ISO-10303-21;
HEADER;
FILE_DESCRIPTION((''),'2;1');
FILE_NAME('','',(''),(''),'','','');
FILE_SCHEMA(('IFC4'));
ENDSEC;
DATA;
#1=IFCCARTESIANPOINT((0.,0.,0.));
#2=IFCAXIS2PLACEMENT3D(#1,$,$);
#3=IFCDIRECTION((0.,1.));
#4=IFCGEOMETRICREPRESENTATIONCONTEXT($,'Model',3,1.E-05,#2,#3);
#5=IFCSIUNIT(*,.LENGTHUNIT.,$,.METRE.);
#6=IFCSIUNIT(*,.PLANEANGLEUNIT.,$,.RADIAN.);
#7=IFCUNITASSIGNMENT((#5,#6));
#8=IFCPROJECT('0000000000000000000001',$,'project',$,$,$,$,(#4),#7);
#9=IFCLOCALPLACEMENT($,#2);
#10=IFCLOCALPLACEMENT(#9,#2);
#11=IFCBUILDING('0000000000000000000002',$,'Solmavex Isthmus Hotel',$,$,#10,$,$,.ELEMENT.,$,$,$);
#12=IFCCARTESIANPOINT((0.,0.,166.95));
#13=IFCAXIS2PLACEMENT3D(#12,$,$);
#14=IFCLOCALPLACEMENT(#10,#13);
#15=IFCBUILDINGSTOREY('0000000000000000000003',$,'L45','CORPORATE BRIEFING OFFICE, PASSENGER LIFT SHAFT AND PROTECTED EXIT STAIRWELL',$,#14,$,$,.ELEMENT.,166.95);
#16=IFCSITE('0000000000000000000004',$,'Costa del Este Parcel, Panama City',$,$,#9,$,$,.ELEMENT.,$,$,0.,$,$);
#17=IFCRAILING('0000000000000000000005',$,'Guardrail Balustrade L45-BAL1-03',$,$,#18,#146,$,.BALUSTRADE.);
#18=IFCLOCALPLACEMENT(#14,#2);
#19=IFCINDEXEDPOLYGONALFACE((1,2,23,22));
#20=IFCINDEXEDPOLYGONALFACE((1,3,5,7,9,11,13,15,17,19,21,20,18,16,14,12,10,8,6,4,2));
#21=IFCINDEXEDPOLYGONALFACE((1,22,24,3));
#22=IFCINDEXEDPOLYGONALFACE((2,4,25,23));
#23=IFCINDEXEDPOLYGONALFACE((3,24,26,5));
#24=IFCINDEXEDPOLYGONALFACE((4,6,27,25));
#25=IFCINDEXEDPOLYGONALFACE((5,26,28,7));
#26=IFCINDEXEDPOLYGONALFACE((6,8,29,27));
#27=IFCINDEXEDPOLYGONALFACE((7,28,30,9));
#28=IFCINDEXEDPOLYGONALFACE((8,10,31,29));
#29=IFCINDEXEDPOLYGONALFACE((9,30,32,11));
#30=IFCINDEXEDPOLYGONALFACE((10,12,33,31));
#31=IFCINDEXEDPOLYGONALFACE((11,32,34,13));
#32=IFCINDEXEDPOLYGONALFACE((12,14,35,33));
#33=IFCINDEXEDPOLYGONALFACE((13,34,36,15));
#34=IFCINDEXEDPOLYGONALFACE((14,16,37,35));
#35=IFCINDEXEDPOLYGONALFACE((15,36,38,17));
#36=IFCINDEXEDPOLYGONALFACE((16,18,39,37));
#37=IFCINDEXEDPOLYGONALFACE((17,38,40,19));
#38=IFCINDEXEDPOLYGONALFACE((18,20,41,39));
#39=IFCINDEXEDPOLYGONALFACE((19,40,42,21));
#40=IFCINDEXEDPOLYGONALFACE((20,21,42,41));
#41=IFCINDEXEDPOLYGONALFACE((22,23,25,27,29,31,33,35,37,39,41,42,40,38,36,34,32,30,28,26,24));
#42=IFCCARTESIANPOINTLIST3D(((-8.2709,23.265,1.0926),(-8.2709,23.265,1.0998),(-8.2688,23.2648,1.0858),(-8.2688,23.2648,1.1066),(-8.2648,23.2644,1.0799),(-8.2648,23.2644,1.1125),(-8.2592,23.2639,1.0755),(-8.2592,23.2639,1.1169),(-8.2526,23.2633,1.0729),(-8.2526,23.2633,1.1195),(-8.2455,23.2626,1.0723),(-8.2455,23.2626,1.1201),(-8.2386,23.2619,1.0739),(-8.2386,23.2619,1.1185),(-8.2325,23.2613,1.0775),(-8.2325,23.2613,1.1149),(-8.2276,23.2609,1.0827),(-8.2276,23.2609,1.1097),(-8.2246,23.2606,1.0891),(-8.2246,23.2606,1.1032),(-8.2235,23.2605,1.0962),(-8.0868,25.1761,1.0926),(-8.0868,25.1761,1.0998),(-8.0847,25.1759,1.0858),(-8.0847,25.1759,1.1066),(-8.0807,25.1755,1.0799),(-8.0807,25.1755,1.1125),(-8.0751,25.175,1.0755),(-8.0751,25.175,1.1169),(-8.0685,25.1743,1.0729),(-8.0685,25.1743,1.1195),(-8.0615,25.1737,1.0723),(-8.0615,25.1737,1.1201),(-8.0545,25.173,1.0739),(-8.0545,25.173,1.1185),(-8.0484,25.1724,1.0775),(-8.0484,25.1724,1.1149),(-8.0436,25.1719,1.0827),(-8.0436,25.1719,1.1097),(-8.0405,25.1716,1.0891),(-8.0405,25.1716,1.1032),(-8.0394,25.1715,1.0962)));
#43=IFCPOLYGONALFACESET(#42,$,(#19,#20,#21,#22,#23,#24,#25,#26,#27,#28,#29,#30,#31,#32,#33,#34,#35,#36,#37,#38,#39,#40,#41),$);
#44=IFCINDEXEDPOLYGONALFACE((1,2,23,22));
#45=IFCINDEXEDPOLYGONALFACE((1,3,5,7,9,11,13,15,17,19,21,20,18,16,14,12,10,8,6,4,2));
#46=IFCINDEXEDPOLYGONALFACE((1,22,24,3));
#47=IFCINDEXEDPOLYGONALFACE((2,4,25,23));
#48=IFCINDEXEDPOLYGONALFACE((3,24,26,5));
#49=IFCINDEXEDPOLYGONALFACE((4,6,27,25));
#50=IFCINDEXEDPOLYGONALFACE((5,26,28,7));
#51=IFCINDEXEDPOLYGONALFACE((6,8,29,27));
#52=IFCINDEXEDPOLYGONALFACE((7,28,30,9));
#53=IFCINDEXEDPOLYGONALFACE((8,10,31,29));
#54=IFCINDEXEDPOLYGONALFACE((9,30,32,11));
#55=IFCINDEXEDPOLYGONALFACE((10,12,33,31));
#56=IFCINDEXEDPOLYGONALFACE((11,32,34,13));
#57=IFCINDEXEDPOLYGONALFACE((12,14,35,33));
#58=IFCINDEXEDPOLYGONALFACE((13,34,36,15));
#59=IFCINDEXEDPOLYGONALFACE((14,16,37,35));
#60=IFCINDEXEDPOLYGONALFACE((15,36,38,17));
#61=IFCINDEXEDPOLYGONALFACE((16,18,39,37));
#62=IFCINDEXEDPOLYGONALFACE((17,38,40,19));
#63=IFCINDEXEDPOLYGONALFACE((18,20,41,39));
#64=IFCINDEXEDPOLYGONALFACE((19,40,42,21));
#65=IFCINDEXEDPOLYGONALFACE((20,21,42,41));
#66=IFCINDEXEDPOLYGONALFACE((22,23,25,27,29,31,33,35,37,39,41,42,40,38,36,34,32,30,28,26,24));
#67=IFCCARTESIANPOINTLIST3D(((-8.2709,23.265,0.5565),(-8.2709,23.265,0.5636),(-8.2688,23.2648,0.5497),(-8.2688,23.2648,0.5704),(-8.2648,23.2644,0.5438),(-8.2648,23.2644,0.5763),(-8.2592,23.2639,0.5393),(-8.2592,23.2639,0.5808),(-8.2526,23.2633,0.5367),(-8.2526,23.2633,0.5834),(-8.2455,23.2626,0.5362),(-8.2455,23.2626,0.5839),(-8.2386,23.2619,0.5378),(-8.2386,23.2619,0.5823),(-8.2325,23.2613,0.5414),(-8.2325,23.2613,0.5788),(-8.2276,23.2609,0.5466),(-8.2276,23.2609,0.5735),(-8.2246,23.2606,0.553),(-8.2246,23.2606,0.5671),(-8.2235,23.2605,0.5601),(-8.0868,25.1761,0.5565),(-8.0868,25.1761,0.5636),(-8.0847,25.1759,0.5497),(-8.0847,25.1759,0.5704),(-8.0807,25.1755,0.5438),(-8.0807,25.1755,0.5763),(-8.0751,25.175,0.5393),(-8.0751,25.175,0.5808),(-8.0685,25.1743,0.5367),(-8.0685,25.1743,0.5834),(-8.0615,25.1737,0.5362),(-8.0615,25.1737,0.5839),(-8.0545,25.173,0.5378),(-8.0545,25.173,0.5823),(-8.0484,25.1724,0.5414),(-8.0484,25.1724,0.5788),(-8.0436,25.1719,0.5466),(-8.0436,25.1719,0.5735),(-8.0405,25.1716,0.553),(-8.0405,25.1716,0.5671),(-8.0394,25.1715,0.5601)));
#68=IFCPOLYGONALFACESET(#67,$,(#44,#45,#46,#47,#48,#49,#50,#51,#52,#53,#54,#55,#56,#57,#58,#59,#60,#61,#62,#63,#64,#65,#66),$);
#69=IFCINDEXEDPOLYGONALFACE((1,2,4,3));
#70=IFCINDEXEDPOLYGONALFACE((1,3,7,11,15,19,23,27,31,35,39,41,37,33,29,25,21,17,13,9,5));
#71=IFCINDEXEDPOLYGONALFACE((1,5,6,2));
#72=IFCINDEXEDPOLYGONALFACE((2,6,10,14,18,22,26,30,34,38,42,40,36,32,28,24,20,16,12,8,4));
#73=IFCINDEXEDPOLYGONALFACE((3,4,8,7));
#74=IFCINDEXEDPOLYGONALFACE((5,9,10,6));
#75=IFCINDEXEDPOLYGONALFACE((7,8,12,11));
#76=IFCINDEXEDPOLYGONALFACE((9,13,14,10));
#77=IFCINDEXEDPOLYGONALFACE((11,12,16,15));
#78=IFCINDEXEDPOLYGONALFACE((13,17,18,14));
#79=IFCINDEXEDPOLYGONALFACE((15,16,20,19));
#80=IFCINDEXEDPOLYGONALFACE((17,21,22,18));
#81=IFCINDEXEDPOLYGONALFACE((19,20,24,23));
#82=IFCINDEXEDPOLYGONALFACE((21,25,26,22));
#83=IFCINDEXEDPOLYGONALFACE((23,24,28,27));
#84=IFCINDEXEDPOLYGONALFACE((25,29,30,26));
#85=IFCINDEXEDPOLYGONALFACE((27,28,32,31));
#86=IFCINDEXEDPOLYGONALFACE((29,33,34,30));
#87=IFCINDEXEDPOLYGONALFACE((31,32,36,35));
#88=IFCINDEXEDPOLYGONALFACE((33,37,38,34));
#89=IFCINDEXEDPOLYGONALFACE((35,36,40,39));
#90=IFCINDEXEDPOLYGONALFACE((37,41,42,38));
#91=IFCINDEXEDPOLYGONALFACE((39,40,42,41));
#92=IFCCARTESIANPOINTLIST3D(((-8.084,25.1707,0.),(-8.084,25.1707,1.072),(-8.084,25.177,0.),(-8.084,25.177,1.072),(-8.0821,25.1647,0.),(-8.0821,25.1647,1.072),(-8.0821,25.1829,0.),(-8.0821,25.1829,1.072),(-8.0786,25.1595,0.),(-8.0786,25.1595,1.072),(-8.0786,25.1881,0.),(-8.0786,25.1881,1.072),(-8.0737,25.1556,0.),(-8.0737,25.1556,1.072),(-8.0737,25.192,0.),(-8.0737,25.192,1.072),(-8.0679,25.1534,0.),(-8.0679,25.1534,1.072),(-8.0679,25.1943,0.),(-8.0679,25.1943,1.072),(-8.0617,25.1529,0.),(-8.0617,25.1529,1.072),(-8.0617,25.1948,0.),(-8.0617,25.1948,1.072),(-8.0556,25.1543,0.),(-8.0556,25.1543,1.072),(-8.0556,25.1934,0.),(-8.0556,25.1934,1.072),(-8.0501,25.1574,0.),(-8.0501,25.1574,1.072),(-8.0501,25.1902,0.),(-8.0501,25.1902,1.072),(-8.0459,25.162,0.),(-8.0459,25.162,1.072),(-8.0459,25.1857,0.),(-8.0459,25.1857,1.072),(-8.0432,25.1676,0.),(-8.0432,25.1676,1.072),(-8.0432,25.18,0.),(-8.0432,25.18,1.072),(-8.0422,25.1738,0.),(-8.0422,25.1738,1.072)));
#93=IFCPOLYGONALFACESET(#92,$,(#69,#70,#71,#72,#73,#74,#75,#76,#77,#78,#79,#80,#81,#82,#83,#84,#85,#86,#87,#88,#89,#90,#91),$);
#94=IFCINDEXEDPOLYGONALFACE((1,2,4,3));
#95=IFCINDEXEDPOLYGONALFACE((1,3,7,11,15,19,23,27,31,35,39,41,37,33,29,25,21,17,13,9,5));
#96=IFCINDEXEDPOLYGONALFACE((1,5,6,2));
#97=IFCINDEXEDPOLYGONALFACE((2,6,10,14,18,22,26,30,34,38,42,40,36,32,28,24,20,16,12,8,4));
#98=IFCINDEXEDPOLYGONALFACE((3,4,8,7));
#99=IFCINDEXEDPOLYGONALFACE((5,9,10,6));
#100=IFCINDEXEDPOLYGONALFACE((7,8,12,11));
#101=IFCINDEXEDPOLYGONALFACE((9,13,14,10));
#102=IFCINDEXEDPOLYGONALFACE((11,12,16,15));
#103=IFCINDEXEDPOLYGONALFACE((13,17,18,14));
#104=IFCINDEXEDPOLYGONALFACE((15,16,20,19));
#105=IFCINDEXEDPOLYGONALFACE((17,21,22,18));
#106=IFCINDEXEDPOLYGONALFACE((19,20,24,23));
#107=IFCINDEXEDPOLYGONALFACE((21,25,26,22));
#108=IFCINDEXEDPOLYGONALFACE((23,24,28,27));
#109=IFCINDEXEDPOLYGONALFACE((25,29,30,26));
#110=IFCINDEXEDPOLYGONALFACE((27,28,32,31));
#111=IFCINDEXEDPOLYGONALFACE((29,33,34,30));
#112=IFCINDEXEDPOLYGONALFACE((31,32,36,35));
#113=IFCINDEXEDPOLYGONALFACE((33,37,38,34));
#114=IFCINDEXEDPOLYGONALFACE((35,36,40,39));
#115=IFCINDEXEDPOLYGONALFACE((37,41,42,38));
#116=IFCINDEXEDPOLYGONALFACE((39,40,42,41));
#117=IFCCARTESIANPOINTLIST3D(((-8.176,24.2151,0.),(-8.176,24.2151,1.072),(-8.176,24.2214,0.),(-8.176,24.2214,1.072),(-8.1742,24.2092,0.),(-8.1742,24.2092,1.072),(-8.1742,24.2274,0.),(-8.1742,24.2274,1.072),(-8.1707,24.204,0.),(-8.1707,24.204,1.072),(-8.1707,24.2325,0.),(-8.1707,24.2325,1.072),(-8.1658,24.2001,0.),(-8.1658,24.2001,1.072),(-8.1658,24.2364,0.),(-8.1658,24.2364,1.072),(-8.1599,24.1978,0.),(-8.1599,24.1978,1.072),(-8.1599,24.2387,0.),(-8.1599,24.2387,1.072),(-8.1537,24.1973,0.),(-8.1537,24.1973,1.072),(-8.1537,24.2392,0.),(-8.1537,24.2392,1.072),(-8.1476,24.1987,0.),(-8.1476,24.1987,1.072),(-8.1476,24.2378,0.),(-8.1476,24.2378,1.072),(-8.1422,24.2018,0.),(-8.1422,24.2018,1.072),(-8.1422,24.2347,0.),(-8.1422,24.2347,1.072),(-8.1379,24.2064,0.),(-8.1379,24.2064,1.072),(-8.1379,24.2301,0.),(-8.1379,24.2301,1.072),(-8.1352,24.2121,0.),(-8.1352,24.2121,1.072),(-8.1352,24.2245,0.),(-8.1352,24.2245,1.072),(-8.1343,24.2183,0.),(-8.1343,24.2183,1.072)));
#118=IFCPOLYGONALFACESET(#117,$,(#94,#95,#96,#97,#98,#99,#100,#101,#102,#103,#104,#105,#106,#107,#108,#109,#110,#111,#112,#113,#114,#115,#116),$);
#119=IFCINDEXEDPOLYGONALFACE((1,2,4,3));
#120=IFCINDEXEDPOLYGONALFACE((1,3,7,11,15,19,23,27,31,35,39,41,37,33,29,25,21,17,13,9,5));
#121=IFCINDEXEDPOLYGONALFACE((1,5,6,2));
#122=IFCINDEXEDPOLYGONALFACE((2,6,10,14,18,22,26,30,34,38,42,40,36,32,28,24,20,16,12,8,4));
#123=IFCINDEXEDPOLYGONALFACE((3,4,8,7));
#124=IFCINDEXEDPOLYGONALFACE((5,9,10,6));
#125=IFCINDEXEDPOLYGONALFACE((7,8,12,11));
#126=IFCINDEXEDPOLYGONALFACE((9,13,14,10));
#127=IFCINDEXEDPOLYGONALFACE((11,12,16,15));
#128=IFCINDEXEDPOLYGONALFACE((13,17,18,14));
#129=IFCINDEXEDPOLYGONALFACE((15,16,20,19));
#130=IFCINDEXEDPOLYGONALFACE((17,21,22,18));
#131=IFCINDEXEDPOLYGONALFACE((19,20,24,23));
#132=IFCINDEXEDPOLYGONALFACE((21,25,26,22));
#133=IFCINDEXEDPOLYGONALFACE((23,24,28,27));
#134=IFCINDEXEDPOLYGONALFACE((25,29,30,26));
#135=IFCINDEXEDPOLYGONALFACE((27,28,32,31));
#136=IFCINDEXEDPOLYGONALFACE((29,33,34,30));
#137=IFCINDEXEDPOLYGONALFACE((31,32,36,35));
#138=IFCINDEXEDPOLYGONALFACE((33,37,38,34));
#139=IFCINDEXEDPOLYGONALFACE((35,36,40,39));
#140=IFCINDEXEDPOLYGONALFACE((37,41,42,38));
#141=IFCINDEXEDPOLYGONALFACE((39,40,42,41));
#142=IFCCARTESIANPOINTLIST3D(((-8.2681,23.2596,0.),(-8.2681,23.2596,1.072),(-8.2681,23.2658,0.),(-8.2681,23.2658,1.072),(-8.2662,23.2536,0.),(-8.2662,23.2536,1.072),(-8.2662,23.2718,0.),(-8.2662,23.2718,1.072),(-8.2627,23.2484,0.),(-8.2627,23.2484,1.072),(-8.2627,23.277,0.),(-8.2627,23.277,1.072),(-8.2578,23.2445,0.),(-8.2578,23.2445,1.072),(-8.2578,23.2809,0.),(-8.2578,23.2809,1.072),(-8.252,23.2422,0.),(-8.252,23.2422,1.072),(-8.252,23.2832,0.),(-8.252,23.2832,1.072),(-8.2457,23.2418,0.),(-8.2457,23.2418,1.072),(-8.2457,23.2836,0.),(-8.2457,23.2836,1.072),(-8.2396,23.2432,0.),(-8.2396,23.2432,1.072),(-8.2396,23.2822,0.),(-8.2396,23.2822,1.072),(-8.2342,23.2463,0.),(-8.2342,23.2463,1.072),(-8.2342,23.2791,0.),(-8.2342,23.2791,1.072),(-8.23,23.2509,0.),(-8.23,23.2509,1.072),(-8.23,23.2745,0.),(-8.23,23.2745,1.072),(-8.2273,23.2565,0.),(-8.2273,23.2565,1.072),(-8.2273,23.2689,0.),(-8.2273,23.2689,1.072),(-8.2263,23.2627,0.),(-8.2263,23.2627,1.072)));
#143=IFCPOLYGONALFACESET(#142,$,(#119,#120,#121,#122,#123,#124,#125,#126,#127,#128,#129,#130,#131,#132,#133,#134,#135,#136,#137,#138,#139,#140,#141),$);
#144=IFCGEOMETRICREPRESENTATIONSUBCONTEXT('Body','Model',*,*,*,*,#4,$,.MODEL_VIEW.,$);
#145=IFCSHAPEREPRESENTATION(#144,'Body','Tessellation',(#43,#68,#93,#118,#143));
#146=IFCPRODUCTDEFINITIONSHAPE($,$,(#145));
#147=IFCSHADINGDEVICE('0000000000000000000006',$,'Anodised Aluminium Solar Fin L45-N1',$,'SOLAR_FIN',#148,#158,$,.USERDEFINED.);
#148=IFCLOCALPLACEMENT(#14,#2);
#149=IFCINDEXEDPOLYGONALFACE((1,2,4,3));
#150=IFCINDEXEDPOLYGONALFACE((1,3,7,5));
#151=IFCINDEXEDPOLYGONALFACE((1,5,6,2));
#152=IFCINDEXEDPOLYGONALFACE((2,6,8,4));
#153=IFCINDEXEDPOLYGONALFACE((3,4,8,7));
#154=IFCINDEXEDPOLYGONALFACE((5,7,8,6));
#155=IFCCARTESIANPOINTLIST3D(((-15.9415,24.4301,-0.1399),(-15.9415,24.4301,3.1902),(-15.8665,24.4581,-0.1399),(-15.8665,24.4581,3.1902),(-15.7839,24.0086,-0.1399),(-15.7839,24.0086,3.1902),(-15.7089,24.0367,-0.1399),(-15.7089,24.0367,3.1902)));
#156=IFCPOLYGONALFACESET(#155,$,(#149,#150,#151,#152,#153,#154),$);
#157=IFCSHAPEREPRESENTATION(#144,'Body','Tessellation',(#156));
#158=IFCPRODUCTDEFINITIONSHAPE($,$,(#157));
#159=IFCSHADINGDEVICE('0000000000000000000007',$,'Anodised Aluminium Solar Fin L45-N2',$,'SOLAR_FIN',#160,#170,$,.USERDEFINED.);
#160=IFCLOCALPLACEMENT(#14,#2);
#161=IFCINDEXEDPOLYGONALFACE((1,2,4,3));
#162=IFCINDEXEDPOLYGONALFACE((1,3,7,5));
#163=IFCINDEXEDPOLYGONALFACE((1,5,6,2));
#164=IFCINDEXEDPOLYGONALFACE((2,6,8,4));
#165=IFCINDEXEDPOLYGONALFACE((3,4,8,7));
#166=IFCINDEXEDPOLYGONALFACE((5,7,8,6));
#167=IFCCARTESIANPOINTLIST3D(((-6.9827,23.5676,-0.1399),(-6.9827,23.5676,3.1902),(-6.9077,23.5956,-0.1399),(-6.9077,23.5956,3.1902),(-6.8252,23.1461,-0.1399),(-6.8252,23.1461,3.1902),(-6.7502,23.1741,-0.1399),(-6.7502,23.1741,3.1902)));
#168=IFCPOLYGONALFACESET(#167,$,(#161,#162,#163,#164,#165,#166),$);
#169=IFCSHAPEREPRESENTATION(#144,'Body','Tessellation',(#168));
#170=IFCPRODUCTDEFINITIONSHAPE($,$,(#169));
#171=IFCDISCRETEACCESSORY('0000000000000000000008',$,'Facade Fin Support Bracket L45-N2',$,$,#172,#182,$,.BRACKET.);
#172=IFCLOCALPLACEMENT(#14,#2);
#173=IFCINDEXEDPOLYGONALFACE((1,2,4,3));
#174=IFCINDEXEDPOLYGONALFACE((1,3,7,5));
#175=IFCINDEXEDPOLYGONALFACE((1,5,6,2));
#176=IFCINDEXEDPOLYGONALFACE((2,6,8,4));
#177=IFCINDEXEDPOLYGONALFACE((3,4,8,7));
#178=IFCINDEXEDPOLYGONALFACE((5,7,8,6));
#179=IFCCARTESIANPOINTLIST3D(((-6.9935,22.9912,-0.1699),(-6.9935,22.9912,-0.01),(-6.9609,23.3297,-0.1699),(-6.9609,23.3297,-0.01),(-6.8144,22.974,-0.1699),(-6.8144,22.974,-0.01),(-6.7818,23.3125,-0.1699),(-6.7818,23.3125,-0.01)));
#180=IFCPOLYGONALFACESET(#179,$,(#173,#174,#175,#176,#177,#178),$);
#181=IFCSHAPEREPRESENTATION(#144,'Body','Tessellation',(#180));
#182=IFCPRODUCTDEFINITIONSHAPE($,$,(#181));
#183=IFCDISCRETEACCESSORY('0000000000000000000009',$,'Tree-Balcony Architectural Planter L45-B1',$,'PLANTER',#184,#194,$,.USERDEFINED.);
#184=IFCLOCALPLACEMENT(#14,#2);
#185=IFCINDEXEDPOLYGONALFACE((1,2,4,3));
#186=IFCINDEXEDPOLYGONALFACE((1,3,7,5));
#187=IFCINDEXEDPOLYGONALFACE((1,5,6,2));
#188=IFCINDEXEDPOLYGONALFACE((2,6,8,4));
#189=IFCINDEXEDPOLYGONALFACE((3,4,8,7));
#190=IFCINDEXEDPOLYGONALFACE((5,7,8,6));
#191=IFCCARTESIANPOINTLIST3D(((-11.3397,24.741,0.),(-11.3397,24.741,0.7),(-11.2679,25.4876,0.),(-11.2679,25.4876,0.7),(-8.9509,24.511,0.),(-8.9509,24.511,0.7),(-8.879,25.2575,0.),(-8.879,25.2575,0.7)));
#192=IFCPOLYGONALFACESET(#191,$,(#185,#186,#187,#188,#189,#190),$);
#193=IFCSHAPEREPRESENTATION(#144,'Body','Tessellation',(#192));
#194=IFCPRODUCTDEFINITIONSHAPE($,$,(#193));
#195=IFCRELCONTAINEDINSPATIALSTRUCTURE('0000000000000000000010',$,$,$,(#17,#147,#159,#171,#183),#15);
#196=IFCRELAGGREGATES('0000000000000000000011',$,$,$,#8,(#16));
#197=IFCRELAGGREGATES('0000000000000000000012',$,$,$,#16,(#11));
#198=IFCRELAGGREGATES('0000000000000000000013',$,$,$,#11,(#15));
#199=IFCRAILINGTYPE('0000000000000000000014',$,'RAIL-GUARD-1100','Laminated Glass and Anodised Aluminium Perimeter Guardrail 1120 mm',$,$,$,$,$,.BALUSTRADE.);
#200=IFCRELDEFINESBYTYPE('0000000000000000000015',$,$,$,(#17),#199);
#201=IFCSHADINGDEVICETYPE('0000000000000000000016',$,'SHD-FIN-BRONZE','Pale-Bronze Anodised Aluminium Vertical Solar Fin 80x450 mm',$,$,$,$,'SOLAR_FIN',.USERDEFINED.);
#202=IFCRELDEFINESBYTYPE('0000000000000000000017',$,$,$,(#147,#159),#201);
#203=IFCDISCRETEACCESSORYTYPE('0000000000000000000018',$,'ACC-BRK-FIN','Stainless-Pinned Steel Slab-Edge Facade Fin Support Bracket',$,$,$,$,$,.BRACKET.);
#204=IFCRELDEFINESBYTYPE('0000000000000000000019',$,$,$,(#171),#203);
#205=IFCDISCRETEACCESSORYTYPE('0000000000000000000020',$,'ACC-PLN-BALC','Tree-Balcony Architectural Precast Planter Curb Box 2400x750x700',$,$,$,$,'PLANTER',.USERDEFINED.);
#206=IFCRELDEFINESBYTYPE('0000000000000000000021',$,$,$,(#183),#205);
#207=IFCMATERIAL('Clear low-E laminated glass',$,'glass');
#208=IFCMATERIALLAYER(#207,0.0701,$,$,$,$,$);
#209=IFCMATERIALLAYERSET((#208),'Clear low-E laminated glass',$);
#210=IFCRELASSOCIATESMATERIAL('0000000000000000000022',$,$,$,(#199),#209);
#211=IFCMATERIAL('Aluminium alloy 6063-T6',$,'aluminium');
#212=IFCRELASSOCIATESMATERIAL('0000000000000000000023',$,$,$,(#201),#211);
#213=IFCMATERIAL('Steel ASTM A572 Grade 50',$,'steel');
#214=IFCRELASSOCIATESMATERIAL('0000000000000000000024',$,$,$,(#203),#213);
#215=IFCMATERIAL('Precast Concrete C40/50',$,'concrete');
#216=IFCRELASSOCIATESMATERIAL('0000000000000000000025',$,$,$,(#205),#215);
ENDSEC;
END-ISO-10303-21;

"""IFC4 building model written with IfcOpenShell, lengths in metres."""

from ifc_helpers import new_model, si_unit, direction, frame, origin, origin_2d, place, context, subcontext, project, spatial, rectangle, circle, extrude, material, layer, layer_set, type_object, element, save


model = new_model("IFC4")

# Units and contexts
model_context = context("Model", 3, precision=1e-05, world=origin(), true_north=direction((0.0, 1.0)))
body_context = subcontext(model_context, "Body", "Model", "MODEL_VIEW")
ifc_project = project(units=[si_unit("LENGTHUNIT", "METRE"), si_unit("PLANEANGLEUNIT", "RADIAN")], contexts=[model_context])

# Site, building, storey
site_placement = place(None, origin())
site = spatial("IfcSite", under=ifc_project, at=site_placement, Name="Costa del Este Parcel, Panama City", CompositionType="ELEMENT", RefElevation=0.0)
building_placement = place(site_placement, origin())
building = spatial("IfcBuilding", under=site, at=building_placement, Name="Solmavex Isthmus Hotel", CompositionType="ELEMENT")
storey_placement = place(building_placement, frame((0.0, 0.0, 166.95)))
storey = spatial("IfcBuildingStorey", under=building, at=storey_placement, Name="L45", Description="CORPORATE BRIEFING OFFICE, PASSENGER LIFT SHAFT AND PROTECTED EXIT STAIRWELL", CompositionType="ELEMENT", Elevation=166.95)

# Shared definitions
ifc_material_1 = material(Name="Aluminium alloy 6063-T6", Category="aluminium")

# Shared definitions
ifc_material_2 = material(Name="Clear low-E laminated glass", Category="glass")

# Shared definitions
ifc_material_3 = material(Name="Precast Concrete C40/50", Category="concrete")

# Railing
ifc_layer_1 = layer(ifc_material_2, 0.0701)
ifc_layer_set_1 = layer_set([ifc_layer_1], Name="Clear low-E laminated glass")
railing_type = type_object("IfcRailingType", Name="RAIL-GUARD-1100", Description="Laminated Glass and Anodised Aluminium Perimeter Guardrail 1120 mm", PredefinedType="BALUSTRADE", material=ifc_layer_set_1)
railing_1_placement = place(storey_placement, frame((-8.0632, 25.1738, 0.0)))
element("IfcRailing", 1, at=railing_1_placement, inside=storey, type_object=railing_type, Name="Guardrail Balustrade L45-BAL1-03", PredefinedType="BALUSTRADE", context=body_context, shape_type="SweptSolid", body=[
    extrude(circle(Radius=0.0239, at=origin_2d()), frame((0.0, 0.0, 1.0962), z_axis=(-0.095877, -0.995393, 0.0), x_axis=(0.995393, -0.095877, 0.0)), (0.0, 0.0, 1.0), 1.9199),
    extrude(circle(Radius=0.0239, at=origin_2d()), frame((0.0, 0.0, 0.5601), z_axis=(-0.095877, -0.995393, 0.0), x_axis=(0.995393, -0.095877, 0.0)), (0.0, 0.0, 1.0), 1.9199),
    extrude(circle(Radius=0.021, at=origin_2d()), origin(), (0.0, 0.0, 1.0), 1.072),
    extrude(circle(Radius=0.021, at=origin_2d()), frame((-0.092, -0.9556, 0.0)), (0.0, 0.0, 1.0), 1.072),
    extrude(circle(Radius=0.021, at=origin_2d()), frame((-0.1841, -1.9111, 0.0)), (0.0, 0.0, 1.0), 1.072),
])

# Shading devices
shading_device_type = type_object("IfcShadingDeviceType", Name="SHD-FIN-BRONZE", Description="Pale-Bronze Anodised Aluminium Vertical Solar Fin 80x450 mm", ElementType="SOLAR_FIN", PredefinedType="USERDEFINED", material=ifc_material_1)
for number, where, z_axis, x_axis, name in (
    (2, (-15.8252, 24.2334, -0.1399), (0.0, 0.0, 1.0), (-0.350207, 0.936672, 0.0), "Anodised Aluminium Solar Fin L45-N1"),
    (3, (-6.8665, 23.3708, -0.1399), (0.0, 0.0, 1.0), (-0.350207, 0.936672, 0.0), "Anodised Aluminium Solar Fin L45-N2"),
):
    element("IfcShadingDevice", number, at=place(storey_placement, frame(where, z_axis=z_axis, x_axis=x_axis)), inside=storey, type_object=shading_device_type, Name=name, ObjectType="SOLAR_FIN", PredefinedType="USERDEFINED", context=body_context, shape_type="SweptSolid", body=[
        extrude(rectangle(XDim=0.45, YDim=0.0801, at=origin_2d()), origin(), (0.0, 0.0, 1.0), 3.3301),
    ])

# Discrete accessories
ifc_material_4 = material(Name="Steel ASTM A572 Grade 50", Category="steel")
discrete_accessory_type_1 = type_object("IfcDiscreteAccessoryType", Name="ACC-BRK-FIN", Description="Stainless-Pinned Steel Slab-Edge Facade Fin Support Bracket", PredefinedType="BRACKET", material=ifc_material_4)
discrete_accessory_1_placement = place(storey_placement, frame((-6.8877, 23.1519, -0.1699), z_axis=(0.0, 0.0, 1.0), x_axis=(0.095846, 0.995396, 0.0)))
element("IfcDiscreteAccessory", 4, at=discrete_accessory_1_placement, inside=storey, type_object=discrete_accessory_type_1, Name="Facade Fin Support Bracket L45-N2", PredefinedType="BRACKET", context=body_context, shape_type="SweptSolid", body=[
    extrude(rectangle(XDim=0.3401, YDim=0.1799, at=origin_2d()), origin(), (0.0, 0.0, 1.0), 0.1599),
])
discrete_accessory_type_2 = type_object("IfcDiscreteAccessoryType", Name="ACC-PLN-BALC", Description="Tree-Balcony Architectural Precast Planter Curb Box 2400x750x700", ElementType="PLANTER", PredefinedType="USERDEFINED", material=ifc_material_3)
discrete_accessory_2_placement = place(storey_placement, frame((-10.1094, 24.9993, 0.0), z_axis=(0.0, 0.0, 1.0), x_axis=(0.995396, -0.095846, 0.0)))
element("IfcDiscreteAccessory", 5, at=discrete_accessory_2_placement, inside=storey, type_object=discrete_accessory_type_2, Name="Tree-Balcony Architectural Planter L45-B1", ObjectType="PLANTER", PredefinedType="USERDEFINED", context=body_context, shape_type="SweptSolid", body=[
    extrude(rectangle(XDim=2.3999, YDim=0.75, at=origin_2d()), origin(), (0.0, 0.0, 1.0), 0.7),
])

save(model, "model.ifc")
